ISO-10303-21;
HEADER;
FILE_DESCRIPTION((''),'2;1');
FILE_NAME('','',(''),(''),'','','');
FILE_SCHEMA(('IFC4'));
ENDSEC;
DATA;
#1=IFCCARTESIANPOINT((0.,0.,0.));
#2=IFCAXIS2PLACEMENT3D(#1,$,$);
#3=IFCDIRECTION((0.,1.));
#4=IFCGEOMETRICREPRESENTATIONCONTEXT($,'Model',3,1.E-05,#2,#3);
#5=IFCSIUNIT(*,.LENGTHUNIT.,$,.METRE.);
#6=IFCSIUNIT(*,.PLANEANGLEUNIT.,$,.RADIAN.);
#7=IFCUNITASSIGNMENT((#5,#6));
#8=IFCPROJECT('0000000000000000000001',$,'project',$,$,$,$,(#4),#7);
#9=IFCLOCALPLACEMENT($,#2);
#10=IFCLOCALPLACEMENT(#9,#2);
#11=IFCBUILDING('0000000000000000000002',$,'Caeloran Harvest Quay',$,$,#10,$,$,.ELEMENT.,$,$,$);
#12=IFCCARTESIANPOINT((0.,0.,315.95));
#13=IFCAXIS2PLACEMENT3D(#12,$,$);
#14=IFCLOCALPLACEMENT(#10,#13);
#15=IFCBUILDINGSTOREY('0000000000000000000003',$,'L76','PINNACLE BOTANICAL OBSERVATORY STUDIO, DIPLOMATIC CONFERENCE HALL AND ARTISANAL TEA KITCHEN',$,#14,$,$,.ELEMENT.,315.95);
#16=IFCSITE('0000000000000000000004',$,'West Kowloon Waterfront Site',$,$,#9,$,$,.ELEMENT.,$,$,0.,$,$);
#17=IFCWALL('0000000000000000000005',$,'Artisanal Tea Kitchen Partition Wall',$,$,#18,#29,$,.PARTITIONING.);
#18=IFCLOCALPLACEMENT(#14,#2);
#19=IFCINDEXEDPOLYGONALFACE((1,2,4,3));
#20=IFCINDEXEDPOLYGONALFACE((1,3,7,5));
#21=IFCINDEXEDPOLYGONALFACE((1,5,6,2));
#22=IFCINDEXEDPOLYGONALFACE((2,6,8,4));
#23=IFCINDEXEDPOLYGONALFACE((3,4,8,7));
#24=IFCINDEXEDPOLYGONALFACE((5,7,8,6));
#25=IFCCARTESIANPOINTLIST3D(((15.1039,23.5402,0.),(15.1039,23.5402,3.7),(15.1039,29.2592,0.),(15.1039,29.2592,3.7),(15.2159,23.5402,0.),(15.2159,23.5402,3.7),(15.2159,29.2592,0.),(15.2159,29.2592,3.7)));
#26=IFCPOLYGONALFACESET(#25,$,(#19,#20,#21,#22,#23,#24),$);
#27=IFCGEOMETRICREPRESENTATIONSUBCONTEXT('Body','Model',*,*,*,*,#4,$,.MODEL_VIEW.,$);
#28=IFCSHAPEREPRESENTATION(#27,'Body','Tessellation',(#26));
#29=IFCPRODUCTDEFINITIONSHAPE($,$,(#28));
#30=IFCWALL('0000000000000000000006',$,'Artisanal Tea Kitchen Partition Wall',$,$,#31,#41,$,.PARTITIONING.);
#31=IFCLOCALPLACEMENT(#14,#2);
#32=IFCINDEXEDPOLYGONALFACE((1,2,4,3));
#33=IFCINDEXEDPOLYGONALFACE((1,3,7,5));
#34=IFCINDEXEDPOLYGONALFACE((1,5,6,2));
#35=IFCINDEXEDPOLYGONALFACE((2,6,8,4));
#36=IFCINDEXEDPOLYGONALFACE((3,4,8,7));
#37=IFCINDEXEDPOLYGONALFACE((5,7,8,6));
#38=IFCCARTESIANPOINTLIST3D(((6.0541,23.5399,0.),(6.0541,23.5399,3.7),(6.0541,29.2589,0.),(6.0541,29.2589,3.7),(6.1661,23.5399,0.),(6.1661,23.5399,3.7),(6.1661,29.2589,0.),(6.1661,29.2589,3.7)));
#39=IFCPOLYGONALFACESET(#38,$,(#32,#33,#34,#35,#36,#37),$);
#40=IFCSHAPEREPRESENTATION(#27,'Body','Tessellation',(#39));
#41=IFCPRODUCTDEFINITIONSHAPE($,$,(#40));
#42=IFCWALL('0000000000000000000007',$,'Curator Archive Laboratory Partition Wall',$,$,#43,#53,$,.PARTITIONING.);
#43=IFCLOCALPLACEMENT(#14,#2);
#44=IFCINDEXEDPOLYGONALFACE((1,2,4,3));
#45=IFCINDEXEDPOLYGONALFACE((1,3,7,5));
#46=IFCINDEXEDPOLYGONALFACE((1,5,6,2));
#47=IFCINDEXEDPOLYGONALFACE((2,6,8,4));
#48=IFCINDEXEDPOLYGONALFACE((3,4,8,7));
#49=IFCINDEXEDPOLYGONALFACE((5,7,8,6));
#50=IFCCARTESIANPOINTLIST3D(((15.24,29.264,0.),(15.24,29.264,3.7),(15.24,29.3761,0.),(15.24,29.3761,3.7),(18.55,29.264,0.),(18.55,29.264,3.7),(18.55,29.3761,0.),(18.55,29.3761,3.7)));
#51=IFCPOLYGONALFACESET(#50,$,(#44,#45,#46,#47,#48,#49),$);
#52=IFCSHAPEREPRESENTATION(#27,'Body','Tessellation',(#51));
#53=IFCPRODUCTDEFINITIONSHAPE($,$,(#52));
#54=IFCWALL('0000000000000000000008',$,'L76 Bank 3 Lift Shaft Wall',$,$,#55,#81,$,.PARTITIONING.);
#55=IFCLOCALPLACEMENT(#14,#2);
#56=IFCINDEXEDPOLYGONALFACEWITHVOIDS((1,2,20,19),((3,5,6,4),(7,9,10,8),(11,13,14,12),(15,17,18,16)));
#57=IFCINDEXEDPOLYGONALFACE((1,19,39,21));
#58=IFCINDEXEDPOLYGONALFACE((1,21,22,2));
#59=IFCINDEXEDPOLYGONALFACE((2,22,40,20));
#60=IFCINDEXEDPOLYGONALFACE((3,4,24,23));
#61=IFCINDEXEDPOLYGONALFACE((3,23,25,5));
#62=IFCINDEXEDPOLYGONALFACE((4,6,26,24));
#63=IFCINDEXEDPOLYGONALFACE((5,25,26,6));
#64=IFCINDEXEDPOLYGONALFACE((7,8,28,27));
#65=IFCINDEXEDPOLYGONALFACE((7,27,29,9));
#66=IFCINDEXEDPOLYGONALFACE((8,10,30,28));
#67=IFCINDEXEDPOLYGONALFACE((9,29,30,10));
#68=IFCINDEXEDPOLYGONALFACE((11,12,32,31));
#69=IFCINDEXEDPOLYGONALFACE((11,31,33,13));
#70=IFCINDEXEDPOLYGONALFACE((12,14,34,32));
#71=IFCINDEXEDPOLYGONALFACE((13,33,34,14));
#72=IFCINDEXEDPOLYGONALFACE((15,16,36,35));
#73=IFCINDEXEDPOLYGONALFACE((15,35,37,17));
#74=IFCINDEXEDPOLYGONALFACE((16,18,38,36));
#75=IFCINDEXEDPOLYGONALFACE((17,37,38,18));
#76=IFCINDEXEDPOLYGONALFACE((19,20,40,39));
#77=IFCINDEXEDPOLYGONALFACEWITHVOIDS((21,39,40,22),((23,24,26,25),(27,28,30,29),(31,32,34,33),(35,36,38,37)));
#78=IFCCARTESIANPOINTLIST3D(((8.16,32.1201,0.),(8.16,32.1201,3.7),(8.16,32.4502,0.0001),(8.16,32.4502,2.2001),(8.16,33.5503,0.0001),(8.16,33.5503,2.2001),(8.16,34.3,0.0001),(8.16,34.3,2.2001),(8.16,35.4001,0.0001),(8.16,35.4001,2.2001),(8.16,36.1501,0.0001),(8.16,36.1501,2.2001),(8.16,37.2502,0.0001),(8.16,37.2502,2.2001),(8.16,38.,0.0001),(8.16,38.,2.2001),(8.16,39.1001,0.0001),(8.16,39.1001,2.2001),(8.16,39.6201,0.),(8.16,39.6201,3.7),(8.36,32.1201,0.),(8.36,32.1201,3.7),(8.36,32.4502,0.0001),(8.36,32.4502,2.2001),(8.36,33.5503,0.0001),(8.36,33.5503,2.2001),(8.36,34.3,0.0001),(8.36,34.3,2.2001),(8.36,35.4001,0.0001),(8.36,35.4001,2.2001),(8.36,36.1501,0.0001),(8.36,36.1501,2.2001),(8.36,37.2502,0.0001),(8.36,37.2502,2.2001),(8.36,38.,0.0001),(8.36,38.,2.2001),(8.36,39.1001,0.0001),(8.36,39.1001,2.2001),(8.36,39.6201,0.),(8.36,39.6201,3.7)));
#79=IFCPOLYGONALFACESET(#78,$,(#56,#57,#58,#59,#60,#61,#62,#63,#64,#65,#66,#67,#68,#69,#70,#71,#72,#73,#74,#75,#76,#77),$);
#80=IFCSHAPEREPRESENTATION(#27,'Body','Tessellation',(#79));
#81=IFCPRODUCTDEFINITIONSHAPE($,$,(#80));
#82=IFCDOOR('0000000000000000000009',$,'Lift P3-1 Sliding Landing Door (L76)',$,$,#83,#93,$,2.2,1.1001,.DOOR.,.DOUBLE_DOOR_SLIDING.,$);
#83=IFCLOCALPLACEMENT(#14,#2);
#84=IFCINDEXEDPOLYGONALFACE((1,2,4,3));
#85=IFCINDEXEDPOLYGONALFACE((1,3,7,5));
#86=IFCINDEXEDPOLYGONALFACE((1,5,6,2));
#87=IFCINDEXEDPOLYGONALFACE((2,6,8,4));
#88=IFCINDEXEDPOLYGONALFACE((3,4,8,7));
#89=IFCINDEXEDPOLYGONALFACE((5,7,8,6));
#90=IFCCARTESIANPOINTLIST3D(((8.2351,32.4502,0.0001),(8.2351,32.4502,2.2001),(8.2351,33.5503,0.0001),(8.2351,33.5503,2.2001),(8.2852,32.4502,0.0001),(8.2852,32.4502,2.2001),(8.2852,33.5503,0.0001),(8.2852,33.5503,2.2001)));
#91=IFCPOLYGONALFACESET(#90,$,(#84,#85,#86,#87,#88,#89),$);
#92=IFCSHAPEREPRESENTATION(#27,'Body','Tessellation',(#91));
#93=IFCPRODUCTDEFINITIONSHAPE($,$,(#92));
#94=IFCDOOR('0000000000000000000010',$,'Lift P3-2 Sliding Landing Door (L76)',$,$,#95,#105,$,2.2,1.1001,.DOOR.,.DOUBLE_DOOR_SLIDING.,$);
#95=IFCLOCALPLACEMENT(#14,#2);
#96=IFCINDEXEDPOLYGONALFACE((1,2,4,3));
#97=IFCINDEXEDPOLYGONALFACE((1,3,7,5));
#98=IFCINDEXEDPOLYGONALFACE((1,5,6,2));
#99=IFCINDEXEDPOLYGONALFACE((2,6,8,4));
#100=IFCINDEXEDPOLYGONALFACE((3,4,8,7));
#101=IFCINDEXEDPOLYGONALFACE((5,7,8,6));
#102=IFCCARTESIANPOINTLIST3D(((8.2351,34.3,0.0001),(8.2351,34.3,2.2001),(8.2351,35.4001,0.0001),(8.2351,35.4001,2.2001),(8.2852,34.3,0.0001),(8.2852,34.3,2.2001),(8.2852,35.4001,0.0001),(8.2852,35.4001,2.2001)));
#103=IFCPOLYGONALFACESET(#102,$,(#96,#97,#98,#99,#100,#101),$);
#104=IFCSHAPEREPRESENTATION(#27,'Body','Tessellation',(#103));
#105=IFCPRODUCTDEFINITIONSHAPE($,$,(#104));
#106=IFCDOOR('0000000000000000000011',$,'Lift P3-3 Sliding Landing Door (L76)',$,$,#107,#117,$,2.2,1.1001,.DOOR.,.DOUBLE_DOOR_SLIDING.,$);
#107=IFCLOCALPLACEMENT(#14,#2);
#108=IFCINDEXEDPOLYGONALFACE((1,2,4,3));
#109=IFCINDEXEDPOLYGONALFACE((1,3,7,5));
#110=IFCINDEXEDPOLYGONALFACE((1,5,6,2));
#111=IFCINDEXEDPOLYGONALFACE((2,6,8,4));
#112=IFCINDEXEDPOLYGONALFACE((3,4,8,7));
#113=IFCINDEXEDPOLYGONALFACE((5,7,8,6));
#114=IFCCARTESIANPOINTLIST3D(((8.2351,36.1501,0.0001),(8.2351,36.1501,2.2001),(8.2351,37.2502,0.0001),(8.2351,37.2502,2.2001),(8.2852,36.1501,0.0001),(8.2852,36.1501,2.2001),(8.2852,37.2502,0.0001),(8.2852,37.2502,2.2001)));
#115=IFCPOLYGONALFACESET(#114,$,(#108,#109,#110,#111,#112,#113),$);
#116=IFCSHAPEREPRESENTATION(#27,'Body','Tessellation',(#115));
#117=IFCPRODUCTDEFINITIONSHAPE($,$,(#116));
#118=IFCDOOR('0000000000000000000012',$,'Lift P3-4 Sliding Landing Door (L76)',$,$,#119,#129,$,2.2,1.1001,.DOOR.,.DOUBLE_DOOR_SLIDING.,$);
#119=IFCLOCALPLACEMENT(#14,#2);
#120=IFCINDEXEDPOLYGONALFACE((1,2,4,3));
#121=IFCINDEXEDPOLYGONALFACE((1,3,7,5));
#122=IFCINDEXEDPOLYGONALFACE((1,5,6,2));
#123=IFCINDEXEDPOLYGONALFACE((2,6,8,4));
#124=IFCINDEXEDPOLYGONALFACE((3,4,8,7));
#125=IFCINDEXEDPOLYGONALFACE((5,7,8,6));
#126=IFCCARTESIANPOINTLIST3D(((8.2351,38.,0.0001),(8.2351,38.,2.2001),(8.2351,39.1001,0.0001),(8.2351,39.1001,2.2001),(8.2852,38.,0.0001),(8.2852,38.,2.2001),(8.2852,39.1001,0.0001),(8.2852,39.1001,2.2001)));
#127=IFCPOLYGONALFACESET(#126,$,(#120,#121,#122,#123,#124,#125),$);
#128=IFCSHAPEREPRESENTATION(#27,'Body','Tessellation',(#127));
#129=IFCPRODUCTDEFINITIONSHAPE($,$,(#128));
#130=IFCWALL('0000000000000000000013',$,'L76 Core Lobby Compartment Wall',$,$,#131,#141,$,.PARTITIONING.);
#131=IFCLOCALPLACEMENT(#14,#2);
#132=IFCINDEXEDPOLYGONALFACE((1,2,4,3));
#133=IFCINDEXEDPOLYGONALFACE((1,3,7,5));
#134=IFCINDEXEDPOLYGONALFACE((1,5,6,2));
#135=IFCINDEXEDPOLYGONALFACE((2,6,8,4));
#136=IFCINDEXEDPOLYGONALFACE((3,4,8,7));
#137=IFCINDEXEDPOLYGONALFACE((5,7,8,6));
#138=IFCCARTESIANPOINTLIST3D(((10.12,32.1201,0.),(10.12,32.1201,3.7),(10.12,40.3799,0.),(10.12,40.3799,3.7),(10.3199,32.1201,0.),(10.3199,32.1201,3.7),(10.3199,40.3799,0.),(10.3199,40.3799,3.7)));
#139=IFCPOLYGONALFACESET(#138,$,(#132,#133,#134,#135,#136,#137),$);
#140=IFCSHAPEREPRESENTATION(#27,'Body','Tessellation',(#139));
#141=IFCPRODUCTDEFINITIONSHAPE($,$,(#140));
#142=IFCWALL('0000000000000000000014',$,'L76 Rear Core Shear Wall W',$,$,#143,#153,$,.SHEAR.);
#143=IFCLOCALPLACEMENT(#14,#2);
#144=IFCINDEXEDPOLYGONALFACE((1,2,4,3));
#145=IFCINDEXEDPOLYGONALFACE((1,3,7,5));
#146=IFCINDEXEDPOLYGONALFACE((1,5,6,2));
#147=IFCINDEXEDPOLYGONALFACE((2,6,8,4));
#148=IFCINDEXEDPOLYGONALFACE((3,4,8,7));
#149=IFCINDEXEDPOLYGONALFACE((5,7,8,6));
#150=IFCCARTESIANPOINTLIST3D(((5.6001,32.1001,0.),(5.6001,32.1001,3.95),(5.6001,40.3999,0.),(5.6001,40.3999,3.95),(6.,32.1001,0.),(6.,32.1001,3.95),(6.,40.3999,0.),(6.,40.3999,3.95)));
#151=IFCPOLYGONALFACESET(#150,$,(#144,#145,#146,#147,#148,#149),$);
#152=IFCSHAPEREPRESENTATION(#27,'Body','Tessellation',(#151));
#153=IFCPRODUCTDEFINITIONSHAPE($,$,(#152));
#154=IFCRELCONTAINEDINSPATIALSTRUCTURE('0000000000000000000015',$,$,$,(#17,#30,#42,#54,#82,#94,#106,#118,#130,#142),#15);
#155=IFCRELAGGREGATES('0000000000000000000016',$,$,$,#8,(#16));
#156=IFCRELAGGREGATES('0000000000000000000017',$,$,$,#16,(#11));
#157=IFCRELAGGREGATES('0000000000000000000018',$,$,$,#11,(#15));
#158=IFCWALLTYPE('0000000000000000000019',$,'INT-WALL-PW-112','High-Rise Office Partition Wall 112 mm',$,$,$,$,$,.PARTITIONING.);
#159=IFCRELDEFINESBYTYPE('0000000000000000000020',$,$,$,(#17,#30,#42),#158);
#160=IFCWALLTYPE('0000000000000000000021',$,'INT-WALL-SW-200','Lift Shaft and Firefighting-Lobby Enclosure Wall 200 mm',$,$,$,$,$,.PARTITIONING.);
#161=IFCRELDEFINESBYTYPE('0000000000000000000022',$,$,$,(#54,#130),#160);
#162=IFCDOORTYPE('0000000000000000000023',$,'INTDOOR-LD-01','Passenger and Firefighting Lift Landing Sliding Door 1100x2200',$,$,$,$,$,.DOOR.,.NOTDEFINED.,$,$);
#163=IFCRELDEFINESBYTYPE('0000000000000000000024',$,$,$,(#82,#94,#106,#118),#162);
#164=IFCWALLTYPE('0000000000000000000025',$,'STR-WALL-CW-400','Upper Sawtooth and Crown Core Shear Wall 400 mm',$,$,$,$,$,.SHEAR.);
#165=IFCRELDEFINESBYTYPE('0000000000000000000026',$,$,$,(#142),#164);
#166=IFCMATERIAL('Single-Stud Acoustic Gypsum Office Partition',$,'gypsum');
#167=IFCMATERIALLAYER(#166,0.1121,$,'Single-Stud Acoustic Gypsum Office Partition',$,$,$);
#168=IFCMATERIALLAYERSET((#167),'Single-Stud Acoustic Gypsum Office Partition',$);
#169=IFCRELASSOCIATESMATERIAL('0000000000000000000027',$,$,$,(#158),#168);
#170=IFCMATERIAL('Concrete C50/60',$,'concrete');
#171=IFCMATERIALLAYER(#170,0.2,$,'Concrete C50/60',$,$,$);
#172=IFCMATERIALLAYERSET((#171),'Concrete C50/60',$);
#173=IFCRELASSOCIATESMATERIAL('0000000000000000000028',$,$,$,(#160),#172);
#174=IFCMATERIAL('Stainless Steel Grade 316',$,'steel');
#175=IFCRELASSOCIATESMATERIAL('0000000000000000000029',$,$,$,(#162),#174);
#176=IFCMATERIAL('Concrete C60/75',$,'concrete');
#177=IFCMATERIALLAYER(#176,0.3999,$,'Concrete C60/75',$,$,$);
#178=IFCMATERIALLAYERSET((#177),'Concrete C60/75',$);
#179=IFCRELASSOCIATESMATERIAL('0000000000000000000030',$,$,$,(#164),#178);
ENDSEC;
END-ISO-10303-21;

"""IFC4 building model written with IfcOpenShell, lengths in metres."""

from ifc_helpers import new_model, si_unit, direction, frame, frame_2d, origin, place, context, subcontext, project, spatial, rectangle, extrude, material, layer, layer_set, type_object, element, fill, save


model = new_model("IFC4")

# Units and contexts
model_context = context("Model", 3, precision=1e-05, world=origin(), true_north=direction((0.0, 1.0)))
body_context = subcontext(model_context, "Body", "Model", "MODEL_VIEW")
ifc_project = project(units=[si_unit("LENGTHUNIT", "METRE"), si_unit("PLANEANGLEUNIT", "RADIAN")], contexts=[model_context])

# Site, building, storey
site_placement = place(None, origin())
site = spatial("IfcSite", under=ifc_project, at=site_placement, Name="West Kowloon Waterfront Site", CompositionType="ELEMENT", RefElevation=0.0)
building_placement = place(site_placement, origin())
building = spatial("IfcBuilding", under=site, at=building_placement, Name="Caeloran Harvest Quay", CompositionType="ELEMENT")
storey_placement = place(building_placement, frame((0.0, 0.0, 315.95)))
storey = spatial("IfcBuildingStorey", under=building, at=storey_placement, Name="L76", Description="PINNACLE BOTANICAL OBSERVATORY STUDIO, DIPLOMATIC CONFERENCE HALL AND ARTISANAL TEA KITCHEN", CompositionType="ELEMENT", Elevation=315.95)

# Shared definitions
ifc_material_1 = material(Name="Concrete C60/75", Category="concrete")

# Shared definitions
ifc_material_2 = material(Name="Single-Stud Acoustic Gypsum Office Partition", Category="gypsum")
ifc_layer_1 = layer(ifc_material_2, 0.1121, Name="Single-Stud Acoustic Gypsum Office Partition")
ifc_layer_set_1 = layer_set([ifc_layer_1], Name="Single-Stud Acoustic Gypsum Office Partition")
wall_type_1 = type_object("IfcWallType", Name="INT-WALL-PW-112", Description="High-Rise Office Partition Wall 112 mm", PredefinedType="PARTITIONING", material=ifc_layer_set_1)

# Walls
for number, where, z_axis, x_axis, name in (
    (1, (15.1599, 29.259, 0.0), (0.0, 0.0, 1.0), (0.0, -1.0, 0.0), "Artisanal Tea Kitchen Partition Wall"),
    (2, (6.1101, 23.54, 0.0), (0.0, 0.0, 1.0), (0.0, 1.0, 0.0), "Artisanal Tea Kitchen Partition Wall"),
):
    element("IfcWall", number, at=place(storey_placement, frame(where, z_axis=z_axis, x_axis=x_axis)), inside=storey, type_object=wall_type_1, Name=name, PredefinedType="PARTITIONING", context=body_context, shape_type="SweptSolid", body=[
        extrude(rectangle(XDim=5.719, YDim=0.1121, at=frame_2d((2.8594, 0.0))), origin(), (0.0, 0.0, 1.0), 3.7),
    ])
wall_1_placement = place(storey_placement, frame((15.24, 29.3201, 0.0), z_axis=(0.0, 0.0, 1.0), x_axis=(1.0, 0.0, 0.0)))
element("IfcWall", 3, at=wall_1_placement, inside=storey, type_object=wall_type_1, Name="Curator Archive Laboratory Partition Wall", PredefinedType="PARTITIONING", context=body_context, shape_type="SweptSolid", body=[
    extrude(rectangle(XDim=3.3101, YDim=0.1121, at=frame_2d((1.655, 0.0))), origin(), (0.0, 0.0, 1.0), 3.7),
])

# Wall, openings, doors
ifc_material_3 = material(Name="Concrete C50/60", Category="concrete")
ifc_layer_2 = layer(ifc_material_3, 0.2, Name="Concrete C50/60")
ifc_layer_set_2 = layer_set([ifc_layer_2], Name="Concrete C50/60")
wall_type_2 = type_object("IfcWallType", Name="INT-WALL-SW-200", Description="Lift Shaft and Firefighting-Lobby Enclosure Wall 200 mm", PredefinedType="PARTITIONING", material=ifc_layer_set_2)
wall_2_placement = place(storey_placement, frame((8.26, 32.1201, 0.0), z_axis=(0.0, 0.0, 1.0), x_axis=(0.0, 1.0, 0.0)))
wall_2 = element("IfcWall", 4, at=wall_2_placement, inside=storey, type_object=wall_type_2, Name="L76 Bank 3 Lift Shaft Wall", PredefinedType="PARTITIONING", context=body_context, shape_type="SweptSolid", body=[
    extrude(rectangle(XDim=7.5, YDim=0.2, at=frame_2d((3.75, 0.0))), origin(), (0.0, 0.0, 1.0), 3.7),
])
opening_1_placement = place(wall_2_placement, frame((0.3301, 0.0, 0.0)))
opening_1 = element("IfcOpeningElement", 5, at=opening_1_placement, cuts=wall_2, PredefinedType="OPENING", context=body_context, shape_type="SweptSolid", body=[
    extrude(rectangle(XDim=1.1001, YDim=2.2, at=frame_2d((0.55, 1.1001))), frame((0.0, 0.1099, 0.0), z_axis=(0.0, -1.0, 0.0), x_axis=(1.0, 0.0, 0.0)), (0.0, 0.0, 1.0), 0.22),
])
opening_2_placement = place(wall_2_placement, frame((2.1799, 0.0, 0.0)))
opening_2 = element("IfcOpeningElement", 6, at=opening_2_placement, cuts=wall_2, PredefinedType="OPENING", context=body_context, shape_type="SweptSolid", body=[
    extrude(rectangle(XDim=1.1001, YDim=2.2, at=frame_2d((0.55, 1.1001))), frame((0.0, 0.1099, 0.0), z_axis=(0.0, -1.0, 0.0), x_axis=(1.0, 0.0, 0.0)), (0.0, 0.0, 1.0), 0.22),
])
opening_3_placement = place(wall_2_placement, frame((4.03, 0.0, 0.0)))
opening_3 = element("IfcOpeningElement", 7, at=opening_3_placement, cuts=wall_2, PredefinedType="OPENING", context=body_context, shape_type="SweptSolid", body=[
    extrude(rectangle(XDim=1.1001, YDim=2.2, at=frame_2d((0.55, 1.1001))), frame((0.0, 0.1099, 0.0), z_axis=(0.0, -1.0, 0.0), x_axis=(1.0, 0.0, 0.0)), (0.0, 0.0, 1.0), 0.22),
])
opening_4_placement = place(wall_2_placement, frame((5.8799, 0.0, 0.0)))
opening_4 = element("IfcOpeningElement", 8, at=opening_4_placement, cuts=wall_2, PredefinedType="OPENING", context=body_context, shape_type="SweptSolid", body=[
    extrude(rectangle(XDim=1.1001, YDim=2.2, at=frame_2d((0.55, 1.1001))), frame((0.0, 0.1099, 0.0), z_axis=(0.0, -1.0, 0.0), x_axis=(1.0, 0.0, 0.0)), (0.0, 0.0, 1.0), 0.22),
])
ifc_material_4 = material(Name="Stainless Steel Grade 316", Category="steel")
door_type_1 = type_object("IfcDoorType", Name="INTDOOR-LD-01", Description="Passenger and Firefighting Lift Landing Sliding Door 1100x2200", OperationType="NOTDEFINED", PredefinedType="DOOR", material=ifc_material_4)
door_1_placement = place(opening_1_placement, origin())
door_1 = element("IfcDoor", 9, at=door_1_placement, inside=storey, type_object=door_type_1, Name="Lift P3-1 Sliding Landing Door (L76)", OperationType="DOUBLE_DOOR_SLIDING", OverallHeight=2.2, OverallWidth=1.1001, PredefinedType="DOOR", context=body_context, shape_type="SweptSolid", body=[
    extrude(rectangle(XDim=1.1001, YDim=2.2, at=frame_2d((0.55, 1.1001))), frame((0.0, 0.0249, 0.0), z_axis=(0.0, -1.0, 0.0), x_axis=(1.0, 0.0, 0.0)), (0.0, 0.0, 1.0), 0.05),
])
fill(opening_1, door_1)
door_2_placement = place(opening_2_placement, origin())
door_2 = element("IfcDoor", 10, at=door_2_placement, inside=storey, type_object=door_type_1, Name="Lift P3-2 Sliding Landing Door (L76)", OperationType="DOUBLE_DOOR_SLIDING", OverallHeight=2.2, OverallWidth=1.1001, PredefinedType="DOOR", context=body_context, shape_type="SweptSolid", body=[
    extrude(rectangle(XDim=1.1001, YDim=2.2, at=frame_2d((0.55, 1.1001))), frame((0.0, 0.0249, 0.0), z_axis=(0.0, -1.0, 0.0), x_axis=(1.0, 0.0, 0.0)), (0.0, 0.0, 1.0), 0.05),
])
fill(opening_2, door_2)
door_3_placement = place(opening_3_placement, origin())
door_3 = element("IfcDoor", 11, at=door_3_placement, inside=storey, type_object=door_type_1, Name="Lift P3-3 Sliding Landing Door (L76)", OperationType="DOUBLE_DOOR_SLIDING", OverallHeight=2.2, OverallWidth=1.1001, PredefinedType="DOOR", context=body_context, shape_type="SweptSolid", body=[
    extrude(rectangle(XDim=1.1001, YDim=2.2, at=frame_2d((0.55, 1.1001))), frame((0.0, 0.0249, 0.0), z_axis=(0.0, -1.0, 0.0), x_axis=(1.0, 0.0, 0.0)), (0.0, 0.0, 1.0), 0.05),
])
fill(opening_3, door_3)
door_4_placement = place(opening_4_placement, origin())
door_4 = element("IfcDoor", 12, at=door_4_placement, inside=storey, type_object=door_type_1, Name="Lift P3-4 Sliding Landing Door (L76)", OperationType="DOUBLE_DOOR_SLIDING", OverallHeight=2.2, OverallWidth=1.1001, PredefinedType="DOOR", context=body_context, shape_type="SweptSolid", body=[
    extrude(rectangle(XDim=1.1001, YDim=2.2, at=frame_2d((0.55, 1.1001))), frame((0.0, 0.0249, 0.0), z_axis=(0.0, -1.0, 0.0), x_axis=(1.0, 0.0, 0.0)), (0.0, 0.0, 1.0), 0.05),
])
fill(opening_4, door_4)

# Walls
wall_3_placement = place(storey_placement, frame((10.22, 32.1201, 0.0), z_axis=(0.0, 0.0, 1.0), x_axis=(0.0, 1.0, 0.0)))
element("IfcWall", 13, at=wall_3_placement, inside=storey, type_object=wall_type_2, Name="L76 Core Lobby Compartment Wall", PredefinedType="PARTITIONING", context=body_context, shape_type="SweptSolid", body=[
    extrude(rectangle(XDim=8.2598, YDim=0.2, at=frame_2d((4.1299, 0.0))), origin(), (0.0, 0.0, 1.0), 3.7),
])
ifc_layer_3 = layer(ifc_material_1, 0.3999, Name="Concrete C60/75")
ifc_layer_set_3 = layer_set([ifc_layer_3], Name="Concrete C60/75")
wall_type_3 = type_object("IfcWallType", Name="STR-WALL-CW-400", Description="Upper Sawtooth and Crown Core Shear Wall 400 mm", PredefinedType="SHEAR", material=ifc_layer_set_3)
wall_4_placement = place(storey_placement, frame((5.8, 32.1001, 0.0), z_axis=(0.0, 0.0, 1.0), x_axis=(0.0, 1.0, 0.0)))
element("IfcWall", 14, at=wall_4_placement, inside=storey, type_object=wall_type_3, Name="L76 Rear Core Shear Wall W", PredefinedType="SHEAR", context=body_context, shape_type="SweptSolid", body=[
    extrude(rectangle(XDim=8.2998, YDim=0.3999, at=frame_2d((4.1499, 0.0))), origin(), (0.0, 0.0, 1.0), 3.95),
])

save(model, "model.ifc")
